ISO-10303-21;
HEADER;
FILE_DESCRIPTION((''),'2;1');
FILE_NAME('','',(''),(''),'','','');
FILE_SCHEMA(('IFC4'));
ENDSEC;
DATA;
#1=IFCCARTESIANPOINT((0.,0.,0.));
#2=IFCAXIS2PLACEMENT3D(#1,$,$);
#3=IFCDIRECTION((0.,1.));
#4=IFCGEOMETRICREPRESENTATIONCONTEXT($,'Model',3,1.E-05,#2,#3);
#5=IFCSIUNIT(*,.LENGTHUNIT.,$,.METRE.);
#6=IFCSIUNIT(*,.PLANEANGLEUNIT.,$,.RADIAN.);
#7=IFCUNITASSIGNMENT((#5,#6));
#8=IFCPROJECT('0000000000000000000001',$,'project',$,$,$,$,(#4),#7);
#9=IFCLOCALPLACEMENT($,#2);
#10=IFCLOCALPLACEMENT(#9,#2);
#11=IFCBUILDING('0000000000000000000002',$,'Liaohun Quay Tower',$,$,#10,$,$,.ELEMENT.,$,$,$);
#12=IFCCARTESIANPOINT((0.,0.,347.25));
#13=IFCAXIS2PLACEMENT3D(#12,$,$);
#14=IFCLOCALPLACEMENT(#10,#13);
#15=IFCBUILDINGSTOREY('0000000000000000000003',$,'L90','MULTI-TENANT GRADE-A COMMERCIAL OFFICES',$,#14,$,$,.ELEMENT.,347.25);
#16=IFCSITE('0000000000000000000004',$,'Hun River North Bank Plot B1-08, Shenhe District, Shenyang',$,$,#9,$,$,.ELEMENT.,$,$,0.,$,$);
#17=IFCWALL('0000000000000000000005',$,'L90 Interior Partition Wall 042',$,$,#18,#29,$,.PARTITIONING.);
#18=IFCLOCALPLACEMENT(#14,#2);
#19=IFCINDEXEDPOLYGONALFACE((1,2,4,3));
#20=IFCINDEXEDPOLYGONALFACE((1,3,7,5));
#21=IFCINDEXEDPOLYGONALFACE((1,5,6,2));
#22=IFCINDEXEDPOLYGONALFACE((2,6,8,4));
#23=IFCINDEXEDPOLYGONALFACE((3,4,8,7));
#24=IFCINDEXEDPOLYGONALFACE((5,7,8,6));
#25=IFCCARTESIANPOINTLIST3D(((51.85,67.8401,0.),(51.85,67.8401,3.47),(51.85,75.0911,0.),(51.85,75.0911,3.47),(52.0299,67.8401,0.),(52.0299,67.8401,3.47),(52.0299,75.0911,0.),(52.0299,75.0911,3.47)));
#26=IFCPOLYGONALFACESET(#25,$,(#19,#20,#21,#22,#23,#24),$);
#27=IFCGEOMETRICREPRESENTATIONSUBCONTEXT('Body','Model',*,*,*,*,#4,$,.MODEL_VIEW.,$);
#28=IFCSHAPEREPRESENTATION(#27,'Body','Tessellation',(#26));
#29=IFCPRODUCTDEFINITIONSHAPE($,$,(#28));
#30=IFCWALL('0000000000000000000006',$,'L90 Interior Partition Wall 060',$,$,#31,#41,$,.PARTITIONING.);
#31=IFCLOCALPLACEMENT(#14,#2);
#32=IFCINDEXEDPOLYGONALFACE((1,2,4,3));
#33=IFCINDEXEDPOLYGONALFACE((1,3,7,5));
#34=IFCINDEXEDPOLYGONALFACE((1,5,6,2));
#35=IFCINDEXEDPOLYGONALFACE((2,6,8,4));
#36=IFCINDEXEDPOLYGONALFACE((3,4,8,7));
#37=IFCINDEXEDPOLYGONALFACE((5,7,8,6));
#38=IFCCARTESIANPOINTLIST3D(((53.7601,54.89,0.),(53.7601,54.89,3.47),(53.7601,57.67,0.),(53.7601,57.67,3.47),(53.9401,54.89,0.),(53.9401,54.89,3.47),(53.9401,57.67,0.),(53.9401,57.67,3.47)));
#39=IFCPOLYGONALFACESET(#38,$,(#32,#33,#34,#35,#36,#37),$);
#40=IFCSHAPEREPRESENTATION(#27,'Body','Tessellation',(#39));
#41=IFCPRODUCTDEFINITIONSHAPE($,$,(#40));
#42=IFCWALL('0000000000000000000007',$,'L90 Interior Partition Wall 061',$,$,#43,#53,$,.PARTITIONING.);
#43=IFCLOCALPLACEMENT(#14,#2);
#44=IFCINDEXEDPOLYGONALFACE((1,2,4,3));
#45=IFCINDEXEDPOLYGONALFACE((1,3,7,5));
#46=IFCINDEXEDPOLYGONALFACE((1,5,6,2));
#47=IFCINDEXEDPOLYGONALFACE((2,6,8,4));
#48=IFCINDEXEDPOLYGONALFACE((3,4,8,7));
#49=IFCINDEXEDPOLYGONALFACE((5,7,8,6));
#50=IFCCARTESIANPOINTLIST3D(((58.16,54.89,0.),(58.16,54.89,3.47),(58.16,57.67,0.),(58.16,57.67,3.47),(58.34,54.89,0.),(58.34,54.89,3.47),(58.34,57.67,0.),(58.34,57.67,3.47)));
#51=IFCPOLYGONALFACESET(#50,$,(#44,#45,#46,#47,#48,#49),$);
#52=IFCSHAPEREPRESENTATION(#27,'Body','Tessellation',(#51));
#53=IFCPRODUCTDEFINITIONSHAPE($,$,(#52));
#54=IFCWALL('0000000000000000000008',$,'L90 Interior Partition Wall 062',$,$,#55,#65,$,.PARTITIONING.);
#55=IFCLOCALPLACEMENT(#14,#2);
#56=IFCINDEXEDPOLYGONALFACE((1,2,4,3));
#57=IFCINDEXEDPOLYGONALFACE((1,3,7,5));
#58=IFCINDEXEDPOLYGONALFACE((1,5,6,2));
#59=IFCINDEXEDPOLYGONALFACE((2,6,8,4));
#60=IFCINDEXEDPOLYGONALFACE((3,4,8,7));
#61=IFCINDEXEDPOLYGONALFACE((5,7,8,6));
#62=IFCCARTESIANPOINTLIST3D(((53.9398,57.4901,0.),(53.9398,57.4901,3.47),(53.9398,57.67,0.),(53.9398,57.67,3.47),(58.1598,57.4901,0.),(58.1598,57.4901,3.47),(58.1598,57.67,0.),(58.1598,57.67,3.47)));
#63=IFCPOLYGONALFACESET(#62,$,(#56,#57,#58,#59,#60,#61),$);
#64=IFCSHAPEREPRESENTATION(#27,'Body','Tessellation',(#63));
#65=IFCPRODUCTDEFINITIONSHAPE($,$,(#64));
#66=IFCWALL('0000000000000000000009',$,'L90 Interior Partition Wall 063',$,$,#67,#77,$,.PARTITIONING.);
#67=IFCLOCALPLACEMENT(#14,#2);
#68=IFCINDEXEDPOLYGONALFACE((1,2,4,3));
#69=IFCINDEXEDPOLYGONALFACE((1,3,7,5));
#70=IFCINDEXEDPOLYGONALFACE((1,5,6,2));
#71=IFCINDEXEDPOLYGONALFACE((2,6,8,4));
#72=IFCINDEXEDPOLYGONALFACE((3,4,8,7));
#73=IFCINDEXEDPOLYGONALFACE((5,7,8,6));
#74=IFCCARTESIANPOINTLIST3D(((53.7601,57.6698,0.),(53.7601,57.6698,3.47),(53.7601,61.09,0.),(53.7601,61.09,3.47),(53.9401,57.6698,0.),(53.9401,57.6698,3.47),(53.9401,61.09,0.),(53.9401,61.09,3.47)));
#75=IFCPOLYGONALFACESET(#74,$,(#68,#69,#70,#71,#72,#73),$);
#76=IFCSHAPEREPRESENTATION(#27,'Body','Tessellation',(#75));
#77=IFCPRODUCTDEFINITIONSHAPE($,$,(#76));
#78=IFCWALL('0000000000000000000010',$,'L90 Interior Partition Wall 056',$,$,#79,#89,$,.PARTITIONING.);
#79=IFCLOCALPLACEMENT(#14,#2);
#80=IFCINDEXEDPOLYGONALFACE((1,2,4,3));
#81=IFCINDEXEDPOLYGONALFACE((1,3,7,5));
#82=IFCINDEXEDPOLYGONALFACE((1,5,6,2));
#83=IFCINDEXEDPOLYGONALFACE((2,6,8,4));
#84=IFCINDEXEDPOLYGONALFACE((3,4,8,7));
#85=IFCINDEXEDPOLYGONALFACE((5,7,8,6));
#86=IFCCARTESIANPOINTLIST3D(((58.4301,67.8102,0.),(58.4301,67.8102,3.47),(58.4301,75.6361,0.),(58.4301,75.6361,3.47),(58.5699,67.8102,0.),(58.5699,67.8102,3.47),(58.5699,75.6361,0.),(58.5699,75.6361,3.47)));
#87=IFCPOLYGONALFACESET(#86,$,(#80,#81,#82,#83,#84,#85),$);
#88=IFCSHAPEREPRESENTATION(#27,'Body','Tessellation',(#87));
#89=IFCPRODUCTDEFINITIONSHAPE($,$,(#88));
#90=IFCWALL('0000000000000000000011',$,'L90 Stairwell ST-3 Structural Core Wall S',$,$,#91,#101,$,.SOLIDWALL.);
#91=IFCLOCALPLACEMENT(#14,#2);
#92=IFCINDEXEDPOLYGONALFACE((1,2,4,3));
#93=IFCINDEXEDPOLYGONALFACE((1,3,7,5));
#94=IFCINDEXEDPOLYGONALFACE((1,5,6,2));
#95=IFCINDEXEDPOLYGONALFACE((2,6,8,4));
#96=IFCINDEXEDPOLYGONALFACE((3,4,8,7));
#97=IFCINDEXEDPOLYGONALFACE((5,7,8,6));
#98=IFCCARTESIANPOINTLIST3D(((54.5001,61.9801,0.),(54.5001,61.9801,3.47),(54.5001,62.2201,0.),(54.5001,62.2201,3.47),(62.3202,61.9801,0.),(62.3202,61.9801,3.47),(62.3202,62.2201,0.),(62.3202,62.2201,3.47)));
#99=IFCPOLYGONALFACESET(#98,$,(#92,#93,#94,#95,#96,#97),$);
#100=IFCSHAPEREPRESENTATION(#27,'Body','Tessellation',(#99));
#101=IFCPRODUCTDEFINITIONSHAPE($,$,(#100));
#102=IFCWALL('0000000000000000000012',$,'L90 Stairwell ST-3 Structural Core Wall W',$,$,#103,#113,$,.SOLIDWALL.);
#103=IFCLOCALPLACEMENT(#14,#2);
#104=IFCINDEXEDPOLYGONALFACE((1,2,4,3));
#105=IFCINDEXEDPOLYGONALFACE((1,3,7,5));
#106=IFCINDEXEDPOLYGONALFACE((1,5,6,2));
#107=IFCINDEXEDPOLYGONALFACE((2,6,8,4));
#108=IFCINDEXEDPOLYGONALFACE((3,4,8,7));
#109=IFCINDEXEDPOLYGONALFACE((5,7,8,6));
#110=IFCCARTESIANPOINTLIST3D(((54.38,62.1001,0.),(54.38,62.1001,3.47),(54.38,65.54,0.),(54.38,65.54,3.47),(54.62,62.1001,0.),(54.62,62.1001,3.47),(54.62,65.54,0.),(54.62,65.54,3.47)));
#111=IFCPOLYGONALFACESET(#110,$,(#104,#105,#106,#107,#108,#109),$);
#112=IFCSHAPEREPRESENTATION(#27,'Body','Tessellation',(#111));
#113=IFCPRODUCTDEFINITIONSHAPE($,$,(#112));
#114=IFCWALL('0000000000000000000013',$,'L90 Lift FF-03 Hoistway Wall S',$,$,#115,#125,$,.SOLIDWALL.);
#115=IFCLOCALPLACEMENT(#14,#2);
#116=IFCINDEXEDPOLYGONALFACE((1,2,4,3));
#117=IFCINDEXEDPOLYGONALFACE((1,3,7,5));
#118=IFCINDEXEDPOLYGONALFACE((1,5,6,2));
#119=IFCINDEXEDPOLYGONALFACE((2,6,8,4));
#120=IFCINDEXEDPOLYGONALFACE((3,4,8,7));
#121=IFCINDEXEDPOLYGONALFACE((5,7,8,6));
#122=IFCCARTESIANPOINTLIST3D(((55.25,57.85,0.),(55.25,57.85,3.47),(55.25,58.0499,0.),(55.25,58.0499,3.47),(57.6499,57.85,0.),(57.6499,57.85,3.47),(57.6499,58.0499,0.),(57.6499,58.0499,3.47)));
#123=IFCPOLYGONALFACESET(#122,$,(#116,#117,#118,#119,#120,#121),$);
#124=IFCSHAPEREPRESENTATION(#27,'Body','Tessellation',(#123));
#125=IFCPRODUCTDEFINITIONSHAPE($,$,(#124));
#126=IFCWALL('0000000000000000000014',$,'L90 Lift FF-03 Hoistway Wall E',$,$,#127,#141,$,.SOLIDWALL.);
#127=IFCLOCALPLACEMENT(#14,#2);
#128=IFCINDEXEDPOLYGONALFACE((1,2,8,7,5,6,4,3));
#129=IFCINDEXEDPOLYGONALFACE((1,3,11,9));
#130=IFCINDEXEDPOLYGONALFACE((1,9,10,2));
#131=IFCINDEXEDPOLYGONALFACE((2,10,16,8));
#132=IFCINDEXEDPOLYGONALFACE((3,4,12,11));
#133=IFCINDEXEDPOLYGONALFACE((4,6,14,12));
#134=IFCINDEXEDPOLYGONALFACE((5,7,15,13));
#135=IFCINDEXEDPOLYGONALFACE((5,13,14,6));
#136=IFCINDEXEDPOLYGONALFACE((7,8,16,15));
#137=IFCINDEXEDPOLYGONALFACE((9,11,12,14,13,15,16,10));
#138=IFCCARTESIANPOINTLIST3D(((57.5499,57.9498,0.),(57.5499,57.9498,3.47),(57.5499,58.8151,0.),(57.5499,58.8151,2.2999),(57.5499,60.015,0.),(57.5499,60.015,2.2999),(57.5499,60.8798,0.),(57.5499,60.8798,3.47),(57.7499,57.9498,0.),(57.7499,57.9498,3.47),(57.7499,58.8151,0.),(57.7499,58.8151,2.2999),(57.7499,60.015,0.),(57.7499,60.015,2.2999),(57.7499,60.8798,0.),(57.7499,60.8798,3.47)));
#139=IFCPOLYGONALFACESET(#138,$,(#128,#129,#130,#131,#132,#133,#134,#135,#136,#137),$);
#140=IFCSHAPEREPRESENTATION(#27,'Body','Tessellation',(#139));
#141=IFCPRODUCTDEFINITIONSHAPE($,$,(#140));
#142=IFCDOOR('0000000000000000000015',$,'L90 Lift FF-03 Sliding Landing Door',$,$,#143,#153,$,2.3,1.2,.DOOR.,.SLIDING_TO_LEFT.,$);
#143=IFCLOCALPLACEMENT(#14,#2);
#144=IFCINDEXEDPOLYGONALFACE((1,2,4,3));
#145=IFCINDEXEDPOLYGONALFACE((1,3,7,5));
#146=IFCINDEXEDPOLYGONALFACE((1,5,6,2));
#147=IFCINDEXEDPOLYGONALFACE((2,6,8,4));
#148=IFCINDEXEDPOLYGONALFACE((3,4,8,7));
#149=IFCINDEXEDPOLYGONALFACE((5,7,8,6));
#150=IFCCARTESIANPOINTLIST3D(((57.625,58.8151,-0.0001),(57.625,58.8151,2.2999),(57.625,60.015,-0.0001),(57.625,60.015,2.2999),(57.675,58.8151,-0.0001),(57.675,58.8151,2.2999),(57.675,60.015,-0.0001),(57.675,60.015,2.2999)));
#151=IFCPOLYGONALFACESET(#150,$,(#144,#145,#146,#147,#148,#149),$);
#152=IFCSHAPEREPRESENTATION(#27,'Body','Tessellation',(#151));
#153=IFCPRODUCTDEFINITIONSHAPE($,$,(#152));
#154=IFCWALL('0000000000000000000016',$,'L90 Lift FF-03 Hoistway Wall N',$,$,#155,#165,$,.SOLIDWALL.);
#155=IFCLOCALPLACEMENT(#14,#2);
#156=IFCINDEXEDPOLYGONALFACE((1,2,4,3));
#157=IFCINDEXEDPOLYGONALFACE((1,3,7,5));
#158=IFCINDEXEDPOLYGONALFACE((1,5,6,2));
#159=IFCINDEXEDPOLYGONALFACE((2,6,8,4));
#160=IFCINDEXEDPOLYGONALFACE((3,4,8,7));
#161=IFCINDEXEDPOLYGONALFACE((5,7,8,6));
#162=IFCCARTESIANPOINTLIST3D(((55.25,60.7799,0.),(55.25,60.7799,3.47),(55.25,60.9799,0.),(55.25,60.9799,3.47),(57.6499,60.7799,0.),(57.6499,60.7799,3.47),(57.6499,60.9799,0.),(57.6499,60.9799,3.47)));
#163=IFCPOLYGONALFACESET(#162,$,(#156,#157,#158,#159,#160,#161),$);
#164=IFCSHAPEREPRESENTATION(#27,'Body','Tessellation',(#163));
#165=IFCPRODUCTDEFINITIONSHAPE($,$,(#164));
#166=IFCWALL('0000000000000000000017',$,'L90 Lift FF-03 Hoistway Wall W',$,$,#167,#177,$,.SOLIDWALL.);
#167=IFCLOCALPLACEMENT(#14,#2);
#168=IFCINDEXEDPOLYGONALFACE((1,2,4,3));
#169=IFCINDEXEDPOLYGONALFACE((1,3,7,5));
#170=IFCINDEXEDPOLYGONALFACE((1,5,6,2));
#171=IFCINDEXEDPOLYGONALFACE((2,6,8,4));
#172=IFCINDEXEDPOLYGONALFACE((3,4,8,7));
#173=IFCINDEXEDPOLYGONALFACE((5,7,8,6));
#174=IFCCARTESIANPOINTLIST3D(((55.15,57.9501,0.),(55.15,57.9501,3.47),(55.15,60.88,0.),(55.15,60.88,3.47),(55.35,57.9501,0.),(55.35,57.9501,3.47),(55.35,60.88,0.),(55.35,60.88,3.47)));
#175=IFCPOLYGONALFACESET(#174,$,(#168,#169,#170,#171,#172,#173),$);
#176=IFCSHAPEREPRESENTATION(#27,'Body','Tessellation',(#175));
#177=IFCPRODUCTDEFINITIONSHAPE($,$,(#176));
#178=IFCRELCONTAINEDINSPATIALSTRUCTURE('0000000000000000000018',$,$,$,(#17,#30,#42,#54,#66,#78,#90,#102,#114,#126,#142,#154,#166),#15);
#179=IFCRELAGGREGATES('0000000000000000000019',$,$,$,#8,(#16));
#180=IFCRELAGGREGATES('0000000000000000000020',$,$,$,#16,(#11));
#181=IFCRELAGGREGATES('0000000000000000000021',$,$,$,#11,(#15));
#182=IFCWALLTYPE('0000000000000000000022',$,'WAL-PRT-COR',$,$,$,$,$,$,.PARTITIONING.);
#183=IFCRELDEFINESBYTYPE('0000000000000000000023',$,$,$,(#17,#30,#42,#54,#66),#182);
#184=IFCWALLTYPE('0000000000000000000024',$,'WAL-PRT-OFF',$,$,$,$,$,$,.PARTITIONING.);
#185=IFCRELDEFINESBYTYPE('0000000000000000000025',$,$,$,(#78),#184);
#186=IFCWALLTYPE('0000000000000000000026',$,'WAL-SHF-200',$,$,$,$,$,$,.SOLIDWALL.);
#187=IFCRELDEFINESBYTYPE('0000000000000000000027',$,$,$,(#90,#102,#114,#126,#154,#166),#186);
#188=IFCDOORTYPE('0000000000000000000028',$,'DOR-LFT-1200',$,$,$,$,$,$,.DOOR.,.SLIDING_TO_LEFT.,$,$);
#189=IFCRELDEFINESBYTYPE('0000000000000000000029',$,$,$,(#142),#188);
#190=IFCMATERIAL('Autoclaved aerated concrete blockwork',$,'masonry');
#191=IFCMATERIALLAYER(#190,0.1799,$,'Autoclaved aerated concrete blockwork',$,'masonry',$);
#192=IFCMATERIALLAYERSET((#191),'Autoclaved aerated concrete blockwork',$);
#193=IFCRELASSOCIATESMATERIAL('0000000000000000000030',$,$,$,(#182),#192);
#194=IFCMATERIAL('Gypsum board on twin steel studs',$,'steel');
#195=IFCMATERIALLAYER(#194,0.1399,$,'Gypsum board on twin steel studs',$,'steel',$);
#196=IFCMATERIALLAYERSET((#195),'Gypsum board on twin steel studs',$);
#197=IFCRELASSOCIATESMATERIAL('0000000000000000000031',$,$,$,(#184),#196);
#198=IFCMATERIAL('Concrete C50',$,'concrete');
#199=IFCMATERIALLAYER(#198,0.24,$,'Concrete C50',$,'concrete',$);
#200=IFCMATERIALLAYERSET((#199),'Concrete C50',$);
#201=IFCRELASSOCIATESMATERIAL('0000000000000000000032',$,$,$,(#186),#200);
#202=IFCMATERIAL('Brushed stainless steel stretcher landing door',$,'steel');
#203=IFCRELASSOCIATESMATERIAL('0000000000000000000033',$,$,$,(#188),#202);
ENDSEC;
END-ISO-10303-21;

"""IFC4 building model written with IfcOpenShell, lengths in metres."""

from ifc_helpers import new_model, si_unit, direction, frame, frame_2d, origin, place, context, subcontext, project, spatial, rectangle, extrude, source, transform, mapped, material, layer, layer_set, type_object, element, fill, save


model = new_model("IFC4")

# Units and contexts
model_context = context("Model", 3, precision=1e-05, world=origin(), true_north=direction((0.0, 1.0)))
body_context = subcontext(model_context, "Body", "Model", "MODEL_VIEW")
ifc_project = project(units=[si_unit("LENGTHUNIT", "METRE"), si_unit("PLANEANGLEUNIT", "RADIAN")], contexts=[model_context])

# Site, building, storey
site_placement = place(None, origin())
site = spatial("IfcSite", under=ifc_project, at=site_placement, Name="Hun River North Bank Plot B1-08, Shenhe District, Shenyang", CompositionType="ELEMENT", RefElevation=0.0)
building_placement = place(site_placement, origin())
building = spatial("IfcBuilding", under=site, at=building_placement, Name="Liaohun Quay Tower", CompositionType="ELEMENT")
storey_placement = place(building_placement, frame((0.0, 0.0, 347.25)))
storey = spatial("IfcBuildingStorey", under=building, at=storey_placement, Name="L90", Description="MULTI-TENANT GRADE-A COMMERCIAL OFFICES", CompositionType="ELEMENT", Elevation=347.25)

# Shared definitions
ifc_material_1 = material(Name="Autoclaved aerated concrete blockwork", Category="masonry")
ifc_layer_1 = layer(ifc_material_1, 0.1799, Name="Autoclaved aerated concrete blockwork", Category="masonry")
ifc_layer_set_1 = layer_set([ifc_layer_1], Name="Autoclaved aerated concrete blockwork")
wall_type_1 = type_object("IfcWallType", Name="WAL-PRT-COR", PredefinedType="PARTITIONING", material=ifc_layer_set_1)

# Walls
wall_1_placement = place(storey_placement, frame((51.9399, 67.8401, 0.0), z_axis=(0.0, 0.0, 1.0), x_axis=(0.0, 1.0, 0.0)))
element("IfcWall", 1, at=wall_1_placement, inside=storey, type_object=wall_type_1, Name="L90 Interior Partition Wall 042", PredefinedType="PARTITIONING", context=body_context, shape_type="SweptSolid", body=[
    extrude(rectangle(XDim=7.251, YDim=0.1799, at=frame_2d((3.6255, 0.0))), origin(), (0.0, 0.0, 1.0), 3.47),
])
for number, where, z_axis, x_axis, name in (
    (2, (53.8501, 54.8899, 0.0), (0.0, 0.0, 1.0), (0.0, 1.0, 0.0), "L90 Interior Partition Wall 060"),
    (3, (58.25, 54.8899, 0.0), (0.0, 0.0, 1.0), (0.0, 1.0, 0.0), "L90 Interior Partition Wall 061"),
):
    element("IfcWall", number, at=place(storey_placement, frame(where, z_axis=z_axis, x_axis=x_axis)), inside=storey, type_object=wall_type_1, Name=name, PredefinedType="PARTITIONING", context=body_context, shape_type="SweptSolid", body=[
        extrude(rectangle(XDim=2.78, YDim=0.1799, at=frame_2d((1.3901, 0.0))), origin(), (0.0, 0.0, 1.0), 3.47),
    ])
wall_2_placement = place(storey_placement, frame((53.9399, 57.5801, 0.0), z_axis=(0.0, 0.0, 1.0), x_axis=(1.0, 0.0, 0.0)))
element("IfcWall", 4, at=wall_2_placement, inside=storey, type_object=wall_type_1, Name="L90 Interior Partition Wall 062", PredefinedType="PARTITIONING", context=body_context, shape_type="SweptSolid", body=[
    extrude(rectangle(XDim=4.22, YDim=0.1799, at=frame_2d((2.1099, 0.0))), origin(), (0.0, 0.0, 1.0), 3.47),
])
wall_3_placement = place(storey_placement, frame((53.8501, 57.6699, 0.0), z_axis=(0.0, 0.0, 1.0), x_axis=(0.0, 1.0, 0.0)))
element("IfcWall", 5, at=wall_3_placement, inside=storey, type_object=wall_type_1, Name="L90 Interior Partition Wall 063", PredefinedType="PARTITIONING", context=body_context, shape_type="SweptSolid", body=[
    extrude(rectangle(XDim=3.4202, YDim=0.1799, at=frame_2d((1.71, 0.0))), origin(), (0.0, 0.0, 1.0), 3.47),
])
ifc_material_2 = material(Name="Gypsum board on twin steel studs", Category="steel")
ifc_layer_2 = layer(ifc_material_2, 0.1399, Name="Gypsum board on twin steel studs", Category="steel")
ifc_layer_set_2 = layer_set([ifc_layer_2], Name="Gypsum board on twin steel studs")
wall_type_2 = type_object("IfcWallType", Name="WAL-PRT-OFF", PredefinedType="PARTITIONING", material=ifc_layer_set_2)
wall_4_placement = place(storey_placement, frame((58.5, 67.8101, 0.0), z_axis=(0.0, 0.0, 1.0), x_axis=(0.0, 1.0, 0.0)))
element("IfcWall", 6, at=wall_4_placement, inside=storey, type_object=wall_type_2, Name="L90 Interior Partition Wall 056", PredefinedType="PARTITIONING", context=body_context, shape_type="SweptSolid", body=[
    extrude(rectangle(XDim=7.8259, YDim=0.1399, at=frame_2d((3.9131, 0.0))), origin(), (0.0, 0.0, 1.0), 3.47),
])
ifc_material_3 = material(Name="Concrete C50", Category="concrete")
ifc_layer_3 = layer(ifc_material_3, 0.24, Name="Concrete C50", Category="concrete")
ifc_layer_set_3 = layer_set([ifc_layer_3], Name="Concrete C50")
wall_type_3 = type_object("IfcWallType", Name="WAL-SHF-200", PredefinedType="SOLIDWALL", material=ifc_layer_set_3)
wall_5_placement = place(storey_placement, frame((54.5, 62.1001, 0.0), z_axis=(0.0, 0.0, 1.0), x_axis=(1.0, 0.0, 0.0)))
element("IfcWall", 7, at=wall_5_placement, inside=storey, type_object=wall_type_3, Name="L90 Stairwell ST-3 Structural Core Wall S", PredefinedType="SOLIDWALL", context=body_context, shape_type="SweptSolid", body=[
    extrude(rectangle(XDim=7.8201, YDim=0.24, at=frame_2d((3.9102, 0.0))), origin(), (0.0, 0.0, 1.0), 3.47),
])
wall_6_placement = place(storey_placement, frame((54.5, 65.54, 0.0), z_axis=(0.0, 0.0, 1.0), x_axis=(0.0, -1.0, 0.0)))
element("IfcWall", 8, at=wall_6_placement, inside=storey, type_object=wall_type_3, Name="L90 Stairwell ST-3 Structural Core Wall W", PredefinedType="SOLIDWALL", context=body_context, shape_type="SweptSolid", body=[
    extrude(rectangle(XDim=3.4399, YDim=0.24, at=frame_2d((1.72, 0.0))), origin(), (0.0, 0.0, 1.0), 3.47),
])
wall_7_placement = place(storey_placement, frame((55.25, 57.95, 0.0), z_axis=(0.0, 0.0, 1.0), x_axis=(1.0, 0.0, 0.0)))
element("IfcWall", 9, at=wall_7_placement, inside=storey, type_object=wall_type_3, Name="L90 Lift FF-03 Hoistway Wall S", PredefinedType="SOLIDWALL", context=body_context, shape_type="SweptSolid", body=[
    extrude(rectangle(XDim=2.3999, YDim=0.2, at=frame_2d((1.2, 0.0))), origin(), (0.0, 0.0, 1.0), 3.47),
])

# Wall, opening, door
wall_8_placement = place(storey_placement, frame((57.6499, 57.95, 0.0), z_axis=(0.0, 0.0, 1.0), x_axis=(0.0, 1.0, 0.0)))
wall_8 = element("IfcWall", 10, at=wall_8_placement, inside=storey, type_object=wall_type_3, Name="L90 Lift FF-03 Hoistway Wall E", PredefinedType="SOLIDWALL", context=body_context, shape_type="SweptSolid", body=[
    extrude(rectangle(XDim=2.9299, YDim=0.2, at=frame_2d((1.4648, 0.0))), origin(), (0.0, 0.0, 1.0), 3.47),
])
shared_shape_1 = source(origin(), body_context, "Body", "SweptSolid", [
    extrude(rectangle(XDim=1.2, YDim=2.3, at=frame_2d((0.6001, 1.1499))), frame((0.0, 0.1099, 0.0), z_axis=(0.0, -1.0, 0.0), x_axis=(1.0, 0.0, 0.0)), (0.0, 0.0, 1.0), 0.22),
])
opening_1_placement = place(wall_8_placement, frame((0.865, 0.0, 0.0)))
opening_1 = element("IfcOpeningElement", 11, at=opening_1_placement, cuts=wall_8, PredefinedType="OPENING", context=body_context, shape_type="MappedRepresentation", body=[
    mapped(shared_shape_1, transform((0.0, 0.0, 0.0), x_axis=(1.0, 0.0, 0.0), y_axis=(0.0, 1.0, 0.0), z_axis=(0.0, 0.0, 1.0), scale=1.0)),
])
ifc_material_4 = material(Name="Brushed stainless steel stretcher landing door", Category="steel")
door_type_1 = type_object("IfcDoorType", Name="DOR-LFT-1200", OperationType="SLIDING_TO_LEFT", PredefinedType="DOOR", material=ifc_material_4)
shared_shape_2 = source(origin(), body_context, "Body", "SweptSolid", [
    extrude(rectangle(XDim=1.2, YDim=2.3, at=frame_2d((0.6001, 1.1499))), frame((0.0, 0.0249, 0.0), z_axis=(0.0, -1.0, 0.0), x_axis=(1.0, 0.0, 0.0)), (0.0, 0.0, 1.0), 0.05),
])
door_1_placement = place(opening_1_placement, origin())
door_1 = element("IfcDoor", 12, at=door_1_placement, inside=storey, type_object=door_type_1, Name="L90 Lift FF-03 Sliding Landing Door", OperationType="SLIDING_TO_LEFT", OverallHeight=2.3, OverallWidth=1.2, PredefinedType="DOOR", context=body_context, shape_type="MappedRepresentation", body=[
    mapped(shared_shape_2, transform((0.0, 0.0, 0.0), x_axis=(1.0, 0.0, 0.0), y_axis=(0.0, 1.0, 0.0), z_axis=(0.0, 0.0, 1.0), scale=1.0)),
])
fill(opening_1, door_1)

# Walls
wall_9_placement = place(storey_placement, frame((57.6499, 60.8799, 0.0), z_axis=(0.0, 0.0, 1.0), x_axis=(-1.0, 0.0, 0.0)))
element("IfcWall", 13, at=wall_9_placement, inside=storey, type_object=wall_type_3, Name="L90 Lift FF-03 Hoistway Wall N", PredefinedType="SOLIDWALL", context=body_context, shape_type="SweptSolid", body=[
    extrude(rectangle(XDim=2.3999, YDim=0.2, at=frame_2d((1.2, 0.0))), origin(), (0.0, 0.0, 1.0), 3.47),
])
wall_10_placement = place(storey_placement, frame((55.25, 60.8799, 0.0), z_axis=(0.0, 0.0, 1.0), x_axis=(0.0, -1.0, 0.0)))
element("IfcWall", 14, at=wall_10_placement, inside=storey, type_object=wall_type_3, Name="L90 Lift FF-03 Hoistway Wall W", PredefinedType="SOLIDWALL", context=body_context, shape_type="SweptSolid", body=[
    extrude(rectangle(XDim=2.9299, YDim=0.2, at=frame_2d((1.4648, 0.0))), origin(), (0.0, 0.0, 1.0), 3.47),
])

save(model, "model.ifc")
